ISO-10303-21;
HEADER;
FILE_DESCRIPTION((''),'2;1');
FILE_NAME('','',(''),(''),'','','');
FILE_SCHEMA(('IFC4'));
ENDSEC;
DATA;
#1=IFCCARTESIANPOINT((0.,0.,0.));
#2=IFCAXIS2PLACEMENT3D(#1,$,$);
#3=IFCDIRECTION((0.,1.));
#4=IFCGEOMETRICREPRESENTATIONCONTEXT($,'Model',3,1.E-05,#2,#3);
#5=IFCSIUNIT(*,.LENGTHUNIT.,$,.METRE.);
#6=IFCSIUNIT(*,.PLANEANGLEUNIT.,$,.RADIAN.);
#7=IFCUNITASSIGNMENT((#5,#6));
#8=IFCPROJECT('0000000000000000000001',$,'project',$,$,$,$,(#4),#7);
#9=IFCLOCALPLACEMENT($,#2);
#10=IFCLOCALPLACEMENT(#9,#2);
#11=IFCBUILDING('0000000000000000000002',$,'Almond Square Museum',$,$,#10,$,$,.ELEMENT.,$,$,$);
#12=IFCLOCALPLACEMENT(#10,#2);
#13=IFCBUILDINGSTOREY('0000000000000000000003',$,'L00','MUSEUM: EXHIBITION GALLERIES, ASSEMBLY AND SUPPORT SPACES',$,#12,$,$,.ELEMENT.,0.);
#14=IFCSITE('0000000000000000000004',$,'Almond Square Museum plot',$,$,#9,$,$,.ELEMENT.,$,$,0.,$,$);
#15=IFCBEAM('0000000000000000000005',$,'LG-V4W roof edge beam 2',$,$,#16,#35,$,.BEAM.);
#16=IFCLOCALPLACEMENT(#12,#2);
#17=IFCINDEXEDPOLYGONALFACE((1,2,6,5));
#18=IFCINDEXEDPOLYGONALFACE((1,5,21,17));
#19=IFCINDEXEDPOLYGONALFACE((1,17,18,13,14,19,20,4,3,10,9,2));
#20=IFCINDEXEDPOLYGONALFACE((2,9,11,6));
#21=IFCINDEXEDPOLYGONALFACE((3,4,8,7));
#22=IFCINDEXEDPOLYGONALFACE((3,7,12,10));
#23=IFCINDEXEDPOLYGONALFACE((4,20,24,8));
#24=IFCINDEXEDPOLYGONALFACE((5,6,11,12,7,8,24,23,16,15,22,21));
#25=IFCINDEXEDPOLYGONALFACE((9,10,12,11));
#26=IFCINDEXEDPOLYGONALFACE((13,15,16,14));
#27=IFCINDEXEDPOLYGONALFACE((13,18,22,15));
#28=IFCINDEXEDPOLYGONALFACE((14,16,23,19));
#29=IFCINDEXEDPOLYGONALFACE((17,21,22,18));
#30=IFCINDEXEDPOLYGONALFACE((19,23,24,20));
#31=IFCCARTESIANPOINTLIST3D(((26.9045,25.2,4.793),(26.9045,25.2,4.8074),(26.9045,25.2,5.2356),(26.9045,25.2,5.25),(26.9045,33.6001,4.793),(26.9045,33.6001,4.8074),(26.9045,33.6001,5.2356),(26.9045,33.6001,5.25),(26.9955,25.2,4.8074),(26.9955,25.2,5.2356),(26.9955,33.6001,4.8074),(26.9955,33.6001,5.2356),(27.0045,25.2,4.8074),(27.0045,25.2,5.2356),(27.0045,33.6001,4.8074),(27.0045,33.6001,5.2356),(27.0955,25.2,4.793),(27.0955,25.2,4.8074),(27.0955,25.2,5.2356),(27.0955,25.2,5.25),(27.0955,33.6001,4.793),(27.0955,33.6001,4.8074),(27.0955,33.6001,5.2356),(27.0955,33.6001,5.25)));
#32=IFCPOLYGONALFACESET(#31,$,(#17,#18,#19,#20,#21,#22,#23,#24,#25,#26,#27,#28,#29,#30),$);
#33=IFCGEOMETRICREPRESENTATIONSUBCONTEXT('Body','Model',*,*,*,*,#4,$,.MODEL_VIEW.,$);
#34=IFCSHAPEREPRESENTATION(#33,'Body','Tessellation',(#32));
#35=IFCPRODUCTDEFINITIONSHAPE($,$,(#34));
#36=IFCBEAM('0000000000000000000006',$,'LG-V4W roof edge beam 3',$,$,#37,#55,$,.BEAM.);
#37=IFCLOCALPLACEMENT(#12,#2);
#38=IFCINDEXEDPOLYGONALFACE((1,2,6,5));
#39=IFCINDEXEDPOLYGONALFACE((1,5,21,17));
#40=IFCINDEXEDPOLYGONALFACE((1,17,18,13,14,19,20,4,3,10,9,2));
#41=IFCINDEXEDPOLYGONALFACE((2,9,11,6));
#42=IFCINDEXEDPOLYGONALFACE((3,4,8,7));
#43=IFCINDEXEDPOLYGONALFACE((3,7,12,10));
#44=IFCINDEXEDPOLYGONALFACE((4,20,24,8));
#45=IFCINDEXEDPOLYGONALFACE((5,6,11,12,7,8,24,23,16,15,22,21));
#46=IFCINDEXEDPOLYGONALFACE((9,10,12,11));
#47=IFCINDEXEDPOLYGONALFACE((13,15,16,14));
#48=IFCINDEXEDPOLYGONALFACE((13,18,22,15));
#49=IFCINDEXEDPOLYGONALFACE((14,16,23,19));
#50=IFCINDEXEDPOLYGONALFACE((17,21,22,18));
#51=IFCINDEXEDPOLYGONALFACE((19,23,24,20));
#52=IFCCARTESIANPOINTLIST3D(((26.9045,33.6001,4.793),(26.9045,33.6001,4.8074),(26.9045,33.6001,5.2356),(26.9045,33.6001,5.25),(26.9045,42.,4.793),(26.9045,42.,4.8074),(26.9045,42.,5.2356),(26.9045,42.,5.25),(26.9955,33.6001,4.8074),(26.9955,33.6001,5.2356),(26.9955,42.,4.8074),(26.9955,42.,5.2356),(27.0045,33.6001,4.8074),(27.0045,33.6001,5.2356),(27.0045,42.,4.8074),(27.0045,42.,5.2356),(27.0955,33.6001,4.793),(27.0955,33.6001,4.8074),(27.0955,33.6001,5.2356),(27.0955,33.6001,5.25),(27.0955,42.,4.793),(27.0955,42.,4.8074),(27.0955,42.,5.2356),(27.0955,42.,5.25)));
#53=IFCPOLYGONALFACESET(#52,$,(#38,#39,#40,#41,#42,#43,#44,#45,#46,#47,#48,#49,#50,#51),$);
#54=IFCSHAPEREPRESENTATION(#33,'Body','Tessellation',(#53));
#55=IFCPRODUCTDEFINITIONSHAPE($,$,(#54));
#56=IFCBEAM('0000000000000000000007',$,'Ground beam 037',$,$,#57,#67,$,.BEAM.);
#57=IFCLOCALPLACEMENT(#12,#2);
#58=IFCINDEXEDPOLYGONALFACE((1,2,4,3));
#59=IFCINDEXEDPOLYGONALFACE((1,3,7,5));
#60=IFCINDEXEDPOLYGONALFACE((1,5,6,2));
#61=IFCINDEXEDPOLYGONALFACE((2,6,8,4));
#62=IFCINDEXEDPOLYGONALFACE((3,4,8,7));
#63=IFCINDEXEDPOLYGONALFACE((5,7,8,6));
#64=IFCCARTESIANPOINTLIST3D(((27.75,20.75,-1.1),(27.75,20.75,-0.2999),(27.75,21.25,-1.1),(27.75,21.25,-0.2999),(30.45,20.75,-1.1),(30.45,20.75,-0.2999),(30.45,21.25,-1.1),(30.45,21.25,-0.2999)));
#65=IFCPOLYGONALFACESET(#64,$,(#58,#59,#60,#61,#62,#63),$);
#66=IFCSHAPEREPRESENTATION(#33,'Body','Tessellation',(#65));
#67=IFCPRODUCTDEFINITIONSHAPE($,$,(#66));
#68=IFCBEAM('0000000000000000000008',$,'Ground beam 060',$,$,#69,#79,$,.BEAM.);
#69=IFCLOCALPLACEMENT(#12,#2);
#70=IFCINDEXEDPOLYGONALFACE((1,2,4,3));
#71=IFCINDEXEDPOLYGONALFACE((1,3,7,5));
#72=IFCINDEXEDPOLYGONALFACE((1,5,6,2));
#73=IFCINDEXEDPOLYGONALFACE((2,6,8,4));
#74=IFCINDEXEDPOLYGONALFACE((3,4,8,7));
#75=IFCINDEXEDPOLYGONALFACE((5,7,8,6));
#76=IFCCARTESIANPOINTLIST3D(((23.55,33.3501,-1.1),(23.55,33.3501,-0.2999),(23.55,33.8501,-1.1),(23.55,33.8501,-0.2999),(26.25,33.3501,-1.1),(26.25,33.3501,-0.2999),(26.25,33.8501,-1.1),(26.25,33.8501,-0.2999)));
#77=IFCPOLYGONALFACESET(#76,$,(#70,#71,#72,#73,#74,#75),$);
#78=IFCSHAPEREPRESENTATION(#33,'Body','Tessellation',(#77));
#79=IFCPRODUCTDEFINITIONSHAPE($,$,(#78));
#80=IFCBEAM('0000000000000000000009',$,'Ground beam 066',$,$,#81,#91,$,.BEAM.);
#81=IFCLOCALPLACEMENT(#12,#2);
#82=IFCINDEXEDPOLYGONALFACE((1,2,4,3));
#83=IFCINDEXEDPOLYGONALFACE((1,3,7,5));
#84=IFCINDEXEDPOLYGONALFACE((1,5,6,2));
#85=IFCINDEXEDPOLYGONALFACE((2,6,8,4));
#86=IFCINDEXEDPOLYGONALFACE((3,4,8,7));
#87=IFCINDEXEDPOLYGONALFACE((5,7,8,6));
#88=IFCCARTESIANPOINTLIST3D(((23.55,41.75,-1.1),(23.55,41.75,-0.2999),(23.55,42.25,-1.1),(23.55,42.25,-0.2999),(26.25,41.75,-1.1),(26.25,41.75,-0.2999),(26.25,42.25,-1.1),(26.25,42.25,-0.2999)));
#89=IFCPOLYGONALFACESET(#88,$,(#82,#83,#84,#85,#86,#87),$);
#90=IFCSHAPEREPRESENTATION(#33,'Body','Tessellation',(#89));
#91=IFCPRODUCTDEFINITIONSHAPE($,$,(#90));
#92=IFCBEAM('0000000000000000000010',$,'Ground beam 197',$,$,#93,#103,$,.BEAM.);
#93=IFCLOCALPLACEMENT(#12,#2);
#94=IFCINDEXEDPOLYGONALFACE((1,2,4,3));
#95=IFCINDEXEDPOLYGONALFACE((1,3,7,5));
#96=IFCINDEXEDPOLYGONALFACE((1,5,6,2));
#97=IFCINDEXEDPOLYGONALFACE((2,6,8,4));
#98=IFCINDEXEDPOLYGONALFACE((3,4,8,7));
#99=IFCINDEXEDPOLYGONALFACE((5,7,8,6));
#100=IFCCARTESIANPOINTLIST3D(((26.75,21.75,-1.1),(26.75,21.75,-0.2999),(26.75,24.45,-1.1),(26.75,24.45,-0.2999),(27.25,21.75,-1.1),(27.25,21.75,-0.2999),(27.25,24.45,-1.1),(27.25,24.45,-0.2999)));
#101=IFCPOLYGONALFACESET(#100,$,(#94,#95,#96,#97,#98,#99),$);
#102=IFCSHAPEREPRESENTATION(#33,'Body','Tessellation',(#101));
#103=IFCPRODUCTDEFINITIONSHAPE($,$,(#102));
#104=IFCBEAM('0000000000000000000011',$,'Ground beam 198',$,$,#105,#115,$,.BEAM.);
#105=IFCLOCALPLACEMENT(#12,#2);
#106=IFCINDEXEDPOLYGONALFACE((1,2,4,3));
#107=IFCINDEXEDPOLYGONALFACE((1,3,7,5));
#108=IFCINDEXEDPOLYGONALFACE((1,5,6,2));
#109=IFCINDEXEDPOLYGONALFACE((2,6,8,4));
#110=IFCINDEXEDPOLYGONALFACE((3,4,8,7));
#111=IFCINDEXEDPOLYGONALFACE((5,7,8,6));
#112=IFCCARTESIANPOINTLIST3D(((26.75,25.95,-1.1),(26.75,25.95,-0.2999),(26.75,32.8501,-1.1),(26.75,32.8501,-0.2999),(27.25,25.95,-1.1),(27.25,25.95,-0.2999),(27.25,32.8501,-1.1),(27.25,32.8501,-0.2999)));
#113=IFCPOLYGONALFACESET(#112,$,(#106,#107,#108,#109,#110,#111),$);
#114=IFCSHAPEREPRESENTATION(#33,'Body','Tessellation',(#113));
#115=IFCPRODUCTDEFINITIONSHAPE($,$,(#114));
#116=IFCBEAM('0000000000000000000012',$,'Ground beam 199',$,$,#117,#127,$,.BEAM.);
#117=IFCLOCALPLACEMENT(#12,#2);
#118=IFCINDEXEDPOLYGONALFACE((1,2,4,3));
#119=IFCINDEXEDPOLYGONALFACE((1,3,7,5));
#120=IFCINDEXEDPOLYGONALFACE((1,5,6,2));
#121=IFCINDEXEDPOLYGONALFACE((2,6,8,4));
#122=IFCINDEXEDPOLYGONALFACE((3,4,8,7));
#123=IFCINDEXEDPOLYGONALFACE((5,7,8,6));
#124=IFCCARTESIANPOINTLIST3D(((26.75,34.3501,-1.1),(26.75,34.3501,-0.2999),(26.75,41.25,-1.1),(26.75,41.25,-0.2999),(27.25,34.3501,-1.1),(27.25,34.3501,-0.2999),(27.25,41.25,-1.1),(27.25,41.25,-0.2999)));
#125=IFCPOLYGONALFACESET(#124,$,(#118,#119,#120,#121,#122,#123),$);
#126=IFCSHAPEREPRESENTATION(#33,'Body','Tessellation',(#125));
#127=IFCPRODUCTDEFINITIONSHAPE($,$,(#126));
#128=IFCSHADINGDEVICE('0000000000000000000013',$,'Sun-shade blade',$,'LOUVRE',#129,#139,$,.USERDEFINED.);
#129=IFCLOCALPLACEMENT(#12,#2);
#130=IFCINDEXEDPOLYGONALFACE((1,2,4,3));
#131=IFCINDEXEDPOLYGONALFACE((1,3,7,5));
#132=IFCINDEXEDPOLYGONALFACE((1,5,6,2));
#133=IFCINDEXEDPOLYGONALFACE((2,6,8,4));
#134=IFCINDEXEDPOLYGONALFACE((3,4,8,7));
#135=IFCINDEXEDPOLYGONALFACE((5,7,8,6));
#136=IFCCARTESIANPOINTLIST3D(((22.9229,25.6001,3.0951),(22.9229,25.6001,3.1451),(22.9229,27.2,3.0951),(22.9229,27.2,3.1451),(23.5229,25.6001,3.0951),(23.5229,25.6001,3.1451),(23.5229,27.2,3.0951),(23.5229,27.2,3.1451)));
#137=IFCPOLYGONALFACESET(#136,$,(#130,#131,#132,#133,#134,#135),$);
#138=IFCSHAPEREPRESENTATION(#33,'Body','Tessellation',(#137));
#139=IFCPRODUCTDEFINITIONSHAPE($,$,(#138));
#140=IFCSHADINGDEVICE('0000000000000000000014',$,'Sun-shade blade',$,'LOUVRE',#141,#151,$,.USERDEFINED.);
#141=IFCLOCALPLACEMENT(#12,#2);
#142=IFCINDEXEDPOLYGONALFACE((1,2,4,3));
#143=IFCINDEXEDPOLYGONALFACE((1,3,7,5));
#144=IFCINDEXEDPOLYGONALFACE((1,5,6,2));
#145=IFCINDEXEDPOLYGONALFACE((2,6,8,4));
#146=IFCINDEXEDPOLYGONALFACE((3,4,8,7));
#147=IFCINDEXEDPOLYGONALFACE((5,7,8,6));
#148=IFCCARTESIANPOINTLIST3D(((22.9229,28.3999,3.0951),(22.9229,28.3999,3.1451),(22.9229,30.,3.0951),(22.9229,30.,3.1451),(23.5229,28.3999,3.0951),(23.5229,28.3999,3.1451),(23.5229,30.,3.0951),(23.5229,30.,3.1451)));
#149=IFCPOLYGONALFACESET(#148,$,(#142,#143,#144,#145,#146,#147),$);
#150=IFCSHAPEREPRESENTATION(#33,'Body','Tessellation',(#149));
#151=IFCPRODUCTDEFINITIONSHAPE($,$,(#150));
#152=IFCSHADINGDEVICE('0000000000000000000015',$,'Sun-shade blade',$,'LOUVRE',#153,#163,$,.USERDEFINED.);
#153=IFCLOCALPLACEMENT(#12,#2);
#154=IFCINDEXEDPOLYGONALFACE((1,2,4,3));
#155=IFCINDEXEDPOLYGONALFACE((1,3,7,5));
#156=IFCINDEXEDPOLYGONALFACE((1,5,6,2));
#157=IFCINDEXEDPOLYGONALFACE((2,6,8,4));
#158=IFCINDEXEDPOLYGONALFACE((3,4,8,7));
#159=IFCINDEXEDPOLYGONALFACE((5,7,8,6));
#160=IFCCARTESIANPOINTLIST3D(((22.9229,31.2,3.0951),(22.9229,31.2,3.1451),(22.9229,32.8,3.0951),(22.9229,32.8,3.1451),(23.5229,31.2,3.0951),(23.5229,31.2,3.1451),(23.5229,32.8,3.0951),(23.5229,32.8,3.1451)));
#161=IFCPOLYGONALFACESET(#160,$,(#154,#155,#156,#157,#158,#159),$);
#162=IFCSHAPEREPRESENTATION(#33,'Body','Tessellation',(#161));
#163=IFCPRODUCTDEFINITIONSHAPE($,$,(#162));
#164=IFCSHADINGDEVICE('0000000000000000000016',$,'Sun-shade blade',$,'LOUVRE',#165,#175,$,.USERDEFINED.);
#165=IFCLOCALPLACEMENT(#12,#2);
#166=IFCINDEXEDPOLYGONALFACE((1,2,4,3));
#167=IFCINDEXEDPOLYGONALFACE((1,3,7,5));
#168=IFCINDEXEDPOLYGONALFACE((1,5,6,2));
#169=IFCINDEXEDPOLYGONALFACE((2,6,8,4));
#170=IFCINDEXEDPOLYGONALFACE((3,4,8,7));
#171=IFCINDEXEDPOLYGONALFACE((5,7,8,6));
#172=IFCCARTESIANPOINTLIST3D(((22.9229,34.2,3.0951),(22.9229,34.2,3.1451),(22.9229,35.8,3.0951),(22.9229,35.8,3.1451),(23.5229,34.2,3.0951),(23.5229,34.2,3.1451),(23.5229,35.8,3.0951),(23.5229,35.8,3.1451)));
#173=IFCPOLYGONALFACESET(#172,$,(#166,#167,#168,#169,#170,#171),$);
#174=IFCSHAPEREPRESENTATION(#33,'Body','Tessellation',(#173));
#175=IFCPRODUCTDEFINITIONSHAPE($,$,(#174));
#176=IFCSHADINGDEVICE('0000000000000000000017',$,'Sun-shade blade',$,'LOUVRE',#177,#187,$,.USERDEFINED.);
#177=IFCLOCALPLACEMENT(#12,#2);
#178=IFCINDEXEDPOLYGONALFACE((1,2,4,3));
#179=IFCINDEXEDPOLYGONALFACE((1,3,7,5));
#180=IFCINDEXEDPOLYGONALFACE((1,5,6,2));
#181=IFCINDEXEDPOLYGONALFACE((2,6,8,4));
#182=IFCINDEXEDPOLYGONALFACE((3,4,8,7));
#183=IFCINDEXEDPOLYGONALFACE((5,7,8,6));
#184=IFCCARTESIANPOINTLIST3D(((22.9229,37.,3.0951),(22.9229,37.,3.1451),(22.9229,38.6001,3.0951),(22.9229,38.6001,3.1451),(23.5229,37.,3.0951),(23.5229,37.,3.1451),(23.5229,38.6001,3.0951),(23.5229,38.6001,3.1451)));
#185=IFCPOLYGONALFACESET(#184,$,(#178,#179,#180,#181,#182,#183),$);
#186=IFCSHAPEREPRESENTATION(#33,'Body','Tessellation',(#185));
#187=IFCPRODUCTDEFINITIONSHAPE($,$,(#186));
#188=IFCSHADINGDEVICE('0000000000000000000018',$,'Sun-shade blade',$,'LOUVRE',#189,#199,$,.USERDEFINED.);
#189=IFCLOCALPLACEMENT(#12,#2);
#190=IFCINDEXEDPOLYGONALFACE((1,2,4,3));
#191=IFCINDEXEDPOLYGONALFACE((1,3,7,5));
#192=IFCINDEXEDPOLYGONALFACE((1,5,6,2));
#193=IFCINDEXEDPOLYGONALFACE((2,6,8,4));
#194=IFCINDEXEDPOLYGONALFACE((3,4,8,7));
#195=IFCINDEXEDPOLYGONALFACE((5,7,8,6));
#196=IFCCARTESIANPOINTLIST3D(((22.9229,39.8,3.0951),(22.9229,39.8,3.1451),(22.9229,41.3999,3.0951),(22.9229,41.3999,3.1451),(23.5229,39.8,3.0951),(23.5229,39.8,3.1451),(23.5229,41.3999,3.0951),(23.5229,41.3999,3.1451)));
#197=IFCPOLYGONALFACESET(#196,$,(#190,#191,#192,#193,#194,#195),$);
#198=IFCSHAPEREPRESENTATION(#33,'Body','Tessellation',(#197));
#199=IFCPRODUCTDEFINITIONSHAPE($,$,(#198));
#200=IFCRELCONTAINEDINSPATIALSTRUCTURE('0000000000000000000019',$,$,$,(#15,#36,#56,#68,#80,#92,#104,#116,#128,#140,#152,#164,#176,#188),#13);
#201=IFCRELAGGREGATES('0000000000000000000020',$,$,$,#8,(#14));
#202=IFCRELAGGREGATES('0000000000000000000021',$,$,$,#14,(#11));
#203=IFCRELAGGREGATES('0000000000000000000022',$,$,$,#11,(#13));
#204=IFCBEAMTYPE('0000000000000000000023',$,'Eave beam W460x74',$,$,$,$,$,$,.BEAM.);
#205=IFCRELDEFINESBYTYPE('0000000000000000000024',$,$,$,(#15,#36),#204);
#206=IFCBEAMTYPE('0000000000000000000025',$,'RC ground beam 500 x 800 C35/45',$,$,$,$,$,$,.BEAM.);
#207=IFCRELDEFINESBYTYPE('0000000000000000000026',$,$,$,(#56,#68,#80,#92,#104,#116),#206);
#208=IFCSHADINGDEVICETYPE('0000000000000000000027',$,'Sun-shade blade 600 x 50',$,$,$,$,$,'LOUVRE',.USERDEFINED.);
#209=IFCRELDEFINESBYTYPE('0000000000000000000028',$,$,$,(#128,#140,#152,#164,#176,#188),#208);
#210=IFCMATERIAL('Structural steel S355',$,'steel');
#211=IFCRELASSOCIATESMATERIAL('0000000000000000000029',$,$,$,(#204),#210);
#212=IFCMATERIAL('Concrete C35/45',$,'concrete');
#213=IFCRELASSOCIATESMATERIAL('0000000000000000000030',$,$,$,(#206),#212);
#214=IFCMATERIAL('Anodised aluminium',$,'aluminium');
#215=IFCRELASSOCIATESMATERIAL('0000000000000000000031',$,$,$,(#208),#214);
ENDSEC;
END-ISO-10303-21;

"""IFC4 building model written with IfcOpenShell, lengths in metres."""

from ifc_helpers import new_model, si_unit, direction, frame, origin, origin_2d, place, context, subcontext, project, spatial, rectangle, i_section, extrude, material, material_profile, profile_set, type_object, element, save


model = new_model("IFC4")

# Units and contexts
model_context = context("Model", 3, precision=1e-05, world=origin(), true_north=direction((0.0, 1.0)))
body_context = subcontext(model_context, "Body", "Model", "MODEL_VIEW")
ifc_project = project(units=[si_unit("LENGTHUNIT", "METRE"), si_unit("PLANEANGLEUNIT", "RADIAN")], contexts=[model_context])

# Site, building, storey
site_placement = place(None, origin())
site = spatial("IfcSite", under=ifc_project, at=site_placement, Name="Almond Square Museum plot", CompositionType="ELEMENT", RefElevation=0.0)
building_placement = place(site_placement, origin())
building = spatial("IfcBuilding", under=site, at=building_placement, Name="Almond Square Museum", CompositionType="ELEMENT")
storey_placement = place(building_placement, origin())
storey = spatial("IfcBuildingStorey", under=building, at=storey_placement, Name="L00", Description="MUSEUM: EXHIBITION GALLERIES, ASSEMBLY AND SUPPORT SPACES", CompositionType="ELEMENT", Elevation=0.0)

# Beams
ifc_material_1 = material(Name="Structural steel S355", Category="steel")
ifc_material_profile_1 = material_profile(ifc_material_1, i_section(OverallWidth=0.1909, OverallDepth=0.457, WebThickness=0.009, FlangeThickness=0.0144, at=origin_2d()))
ifc_profile_set_1 = profile_set([ifc_material_profile_1], Name="Structural steel S355")
beam_type_1 = type_object("IfcBeamType", Name="Eave beam W460x74", PredefinedType="BEAM", material=ifc_profile_set_1)
for number, where, z_axis, x_axis, name in (
    (1, (27.0, 25.2, 5.0215), (0.0, 1.0, 0.0), (-1.0, 0.0, 0.0), "LG-V4W roof edge beam 2"),
):
    element("IfcBeam", number, at=place(storey_placement, frame(where, z_axis=z_axis, x_axis=x_axis)), inside=storey, type_object=beam_type_1, Name=name, PredefinedType="BEAM", context=body_context, shape_type="SweptSolid", body=[
        extrude(i_section(OverallWidth=0.1909, OverallDepth=0.457, WebThickness=0.009, FlangeThickness=0.0144, at=origin_2d()), origin(), (0.0, 0.0, 1.0), 8.4001),
    ])
beam_1_placement = place(storey_placement, frame((27.0, 33.6001, 5.0215), z_axis=(0.0, 1.0, 0.0), x_axis=(-1.0, 0.0, 0.0)))
element("IfcBeam", 2, at=beam_1_placement, inside=storey, type_object=beam_type_1, Name="LG-V4W roof edge beam 3", PredefinedType="BEAM", context=body_context, shape_type="SweptSolid", body=[
    extrude(i_section(OverallWidth=0.1909, OverallDepth=0.457, WebThickness=0.009, FlangeThickness=0.0144, at=origin_2d()), origin(), (0.0, 0.0, 1.0), 8.3999),
])
ifc_material_2 = material(Name="Concrete C35/45", Category="concrete")
ifc_material_profile_2 = material_profile(ifc_material_2, rectangle(XDim=0.5, YDim=0.8, at=origin_2d()))
ifc_profile_set_2 = profile_set([ifc_material_profile_2], Name="Concrete C35/45")
beam_type_2 = type_object("IfcBeamType", Name="RC ground beam 500 x 800 C35/45", PredefinedType="BEAM", material=ifc_profile_set_2)
for number, where, z_axis, x_axis, name in (
    (3, (27.75, 21.0, -0.7), (1.0, 0.0, 0.0), (0.0, 1.0, 0.0), "Ground beam 037"),
    (4, (23.55, 33.6001, -0.7), (1.0, 0.0, 0.0), (0.0, 1.0, 0.0), "Ground beam 060"),
    (5, (23.55, 42.0, -0.7), (1.0, 0.0, 0.0), (0.0, 1.0, 0.0), "Ground beam 066"),
    (6, (27.0, 21.75, -0.7), (0.0, 1.0, 0.0), (-1.0, 0.0, 0.0), "Ground beam 197"),
):
    element("IfcBeam", number, at=place(storey_placement, frame(where, z_axis=z_axis, x_axis=x_axis)), inside=storey, type_object=beam_type_2, Name=name, PredefinedType="BEAM", context=body_context, shape_type="SweptSolid", body=[
        extrude(rectangle(XDim=0.5, YDim=0.8, at=origin_2d()), origin(), (0.0, 0.0, 1.0), 2.7),
    ])
beam_2_placement = place(storey_placement, frame((27.0, 25.95, -0.7), z_axis=(0.0, 1.0, 0.0), x_axis=(-1.0, 0.0, 0.0)))
element("IfcBeam", 7, at=beam_2_placement, inside=storey, type_object=beam_type_2, Name="Ground beam 198", PredefinedType="BEAM", context=body_context, shape_type="SweptSolid", body=[
    extrude(rectangle(XDim=0.5, YDim=0.8, at=origin_2d()), origin(), (0.0, 0.0, 1.0), 6.9001),
])
beam_3_placement = place(storey_placement, frame((27.0, 34.3501, -0.7), z_axis=(0.0, 1.0, 0.0), x_axis=(-1.0, 0.0, 0.0)))
element("IfcBeam", 8, at=beam_3_placement, inside=storey, type_object=beam_type_2, Name="Ground beam 199", PredefinedType="BEAM", context=body_context, shape_type="SweptSolid", body=[
    extrude(rectangle(XDim=0.5, YDim=0.8, at=origin_2d()), origin(), (0.0, 0.0, 1.0), 6.8999),
])

# Shading devices
ifc_material_3 = material(Name="Anodised aluminium", Category="aluminium")
ifc_material_profile_3 = material_profile(ifc_material_3, rectangle(XDim=0.6001, YDim=0.05, at=origin_2d()))
ifc_profile_set_3 = profile_set([ifc_material_profile_3], Name="Anodised aluminium")
shading_device_type = type_object("IfcShadingDeviceType", Name="Sun-shade blade 600 x 50", ElementType="LOUVRE", PredefinedType="USERDEFINED", material=ifc_profile_set_3)
shading_device_1_placement = place(storey_placement, frame((23.2229, 25.6001, 3.1201), z_axis=(0.0, 1.0, 0.0), x_axis=(-1.0, 0.0, 0.0)))
element("IfcShadingDevice", 9, at=shading_device_1_placement, inside=storey, type_object=shading_device_type, Name="Sun-shade blade", ObjectType="LOUVRE", PredefinedType="USERDEFINED", context=body_context, shape_type="SweptSolid", body=[
    extrude(rectangle(XDim=0.6001, YDim=0.05, at=origin_2d()), origin(), (0.0, 0.0, 1.0), 1.5999),
])
for number, where, z_axis, x_axis, name in (
    (10, (23.2229, 28.3999, 3.1201), (0.0, 1.0, 0.0), (-1.0, 0.0, 0.0), "Sun-shade blade"),
    (11, (23.2229, 31.2, 3.1201), (0.0, 1.0, 0.0), (-1.0, 0.0, 0.0), "Sun-shade blade"),
    (12, (23.2229, 34.2, 3.1201), (0.0, 1.0, 0.0), (-1.0, 0.0, 0.0), "Sun-shade blade"),
    (13, (23.2229, 37.0, 3.1201), (0.0, 1.0, 0.0), (-1.0, 0.0, 0.0), "Sun-shade blade"),
):
    element("IfcShadingDevice", number, at=place(storey_placement, frame(where, z_axis=z_axis, x_axis=x_axis)), inside=storey, type_object=shading_device_type, Name=name, ObjectType="LOUVRE", PredefinedType="USERDEFINED", context=body_context, shape_type="SweptSolid", body=[
        extrude(rectangle(XDim=0.6001, YDim=0.05, at=origin_2d()), origin(), (0.0, 0.0, 1.0), 1.6001),
    ])
shading_device_2_placement = place(storey_placement, frame((23.2229, 39.8, 3.1201), z_axis=(0.0, 1.0, 0.0), x_axis=(-1.0, 0.0, 0.0)))
element("IfcShadingDevice", 14, at=shading_device_2_placement, inside=storey, type_object=shading_device_type, Name="Sun-shade blade", ObjectType="LOUVRE", PredefinedType="USERDEFINED", context=body_context, shape_type="SweptSolid", body=[
    extrude(rectangle(XDim=0.6001, YDim=0.05, at=origin_2d()), origin(), (0.0, 0.0, 1.0), 1.5999),
])

save(model, "model.ifc")
